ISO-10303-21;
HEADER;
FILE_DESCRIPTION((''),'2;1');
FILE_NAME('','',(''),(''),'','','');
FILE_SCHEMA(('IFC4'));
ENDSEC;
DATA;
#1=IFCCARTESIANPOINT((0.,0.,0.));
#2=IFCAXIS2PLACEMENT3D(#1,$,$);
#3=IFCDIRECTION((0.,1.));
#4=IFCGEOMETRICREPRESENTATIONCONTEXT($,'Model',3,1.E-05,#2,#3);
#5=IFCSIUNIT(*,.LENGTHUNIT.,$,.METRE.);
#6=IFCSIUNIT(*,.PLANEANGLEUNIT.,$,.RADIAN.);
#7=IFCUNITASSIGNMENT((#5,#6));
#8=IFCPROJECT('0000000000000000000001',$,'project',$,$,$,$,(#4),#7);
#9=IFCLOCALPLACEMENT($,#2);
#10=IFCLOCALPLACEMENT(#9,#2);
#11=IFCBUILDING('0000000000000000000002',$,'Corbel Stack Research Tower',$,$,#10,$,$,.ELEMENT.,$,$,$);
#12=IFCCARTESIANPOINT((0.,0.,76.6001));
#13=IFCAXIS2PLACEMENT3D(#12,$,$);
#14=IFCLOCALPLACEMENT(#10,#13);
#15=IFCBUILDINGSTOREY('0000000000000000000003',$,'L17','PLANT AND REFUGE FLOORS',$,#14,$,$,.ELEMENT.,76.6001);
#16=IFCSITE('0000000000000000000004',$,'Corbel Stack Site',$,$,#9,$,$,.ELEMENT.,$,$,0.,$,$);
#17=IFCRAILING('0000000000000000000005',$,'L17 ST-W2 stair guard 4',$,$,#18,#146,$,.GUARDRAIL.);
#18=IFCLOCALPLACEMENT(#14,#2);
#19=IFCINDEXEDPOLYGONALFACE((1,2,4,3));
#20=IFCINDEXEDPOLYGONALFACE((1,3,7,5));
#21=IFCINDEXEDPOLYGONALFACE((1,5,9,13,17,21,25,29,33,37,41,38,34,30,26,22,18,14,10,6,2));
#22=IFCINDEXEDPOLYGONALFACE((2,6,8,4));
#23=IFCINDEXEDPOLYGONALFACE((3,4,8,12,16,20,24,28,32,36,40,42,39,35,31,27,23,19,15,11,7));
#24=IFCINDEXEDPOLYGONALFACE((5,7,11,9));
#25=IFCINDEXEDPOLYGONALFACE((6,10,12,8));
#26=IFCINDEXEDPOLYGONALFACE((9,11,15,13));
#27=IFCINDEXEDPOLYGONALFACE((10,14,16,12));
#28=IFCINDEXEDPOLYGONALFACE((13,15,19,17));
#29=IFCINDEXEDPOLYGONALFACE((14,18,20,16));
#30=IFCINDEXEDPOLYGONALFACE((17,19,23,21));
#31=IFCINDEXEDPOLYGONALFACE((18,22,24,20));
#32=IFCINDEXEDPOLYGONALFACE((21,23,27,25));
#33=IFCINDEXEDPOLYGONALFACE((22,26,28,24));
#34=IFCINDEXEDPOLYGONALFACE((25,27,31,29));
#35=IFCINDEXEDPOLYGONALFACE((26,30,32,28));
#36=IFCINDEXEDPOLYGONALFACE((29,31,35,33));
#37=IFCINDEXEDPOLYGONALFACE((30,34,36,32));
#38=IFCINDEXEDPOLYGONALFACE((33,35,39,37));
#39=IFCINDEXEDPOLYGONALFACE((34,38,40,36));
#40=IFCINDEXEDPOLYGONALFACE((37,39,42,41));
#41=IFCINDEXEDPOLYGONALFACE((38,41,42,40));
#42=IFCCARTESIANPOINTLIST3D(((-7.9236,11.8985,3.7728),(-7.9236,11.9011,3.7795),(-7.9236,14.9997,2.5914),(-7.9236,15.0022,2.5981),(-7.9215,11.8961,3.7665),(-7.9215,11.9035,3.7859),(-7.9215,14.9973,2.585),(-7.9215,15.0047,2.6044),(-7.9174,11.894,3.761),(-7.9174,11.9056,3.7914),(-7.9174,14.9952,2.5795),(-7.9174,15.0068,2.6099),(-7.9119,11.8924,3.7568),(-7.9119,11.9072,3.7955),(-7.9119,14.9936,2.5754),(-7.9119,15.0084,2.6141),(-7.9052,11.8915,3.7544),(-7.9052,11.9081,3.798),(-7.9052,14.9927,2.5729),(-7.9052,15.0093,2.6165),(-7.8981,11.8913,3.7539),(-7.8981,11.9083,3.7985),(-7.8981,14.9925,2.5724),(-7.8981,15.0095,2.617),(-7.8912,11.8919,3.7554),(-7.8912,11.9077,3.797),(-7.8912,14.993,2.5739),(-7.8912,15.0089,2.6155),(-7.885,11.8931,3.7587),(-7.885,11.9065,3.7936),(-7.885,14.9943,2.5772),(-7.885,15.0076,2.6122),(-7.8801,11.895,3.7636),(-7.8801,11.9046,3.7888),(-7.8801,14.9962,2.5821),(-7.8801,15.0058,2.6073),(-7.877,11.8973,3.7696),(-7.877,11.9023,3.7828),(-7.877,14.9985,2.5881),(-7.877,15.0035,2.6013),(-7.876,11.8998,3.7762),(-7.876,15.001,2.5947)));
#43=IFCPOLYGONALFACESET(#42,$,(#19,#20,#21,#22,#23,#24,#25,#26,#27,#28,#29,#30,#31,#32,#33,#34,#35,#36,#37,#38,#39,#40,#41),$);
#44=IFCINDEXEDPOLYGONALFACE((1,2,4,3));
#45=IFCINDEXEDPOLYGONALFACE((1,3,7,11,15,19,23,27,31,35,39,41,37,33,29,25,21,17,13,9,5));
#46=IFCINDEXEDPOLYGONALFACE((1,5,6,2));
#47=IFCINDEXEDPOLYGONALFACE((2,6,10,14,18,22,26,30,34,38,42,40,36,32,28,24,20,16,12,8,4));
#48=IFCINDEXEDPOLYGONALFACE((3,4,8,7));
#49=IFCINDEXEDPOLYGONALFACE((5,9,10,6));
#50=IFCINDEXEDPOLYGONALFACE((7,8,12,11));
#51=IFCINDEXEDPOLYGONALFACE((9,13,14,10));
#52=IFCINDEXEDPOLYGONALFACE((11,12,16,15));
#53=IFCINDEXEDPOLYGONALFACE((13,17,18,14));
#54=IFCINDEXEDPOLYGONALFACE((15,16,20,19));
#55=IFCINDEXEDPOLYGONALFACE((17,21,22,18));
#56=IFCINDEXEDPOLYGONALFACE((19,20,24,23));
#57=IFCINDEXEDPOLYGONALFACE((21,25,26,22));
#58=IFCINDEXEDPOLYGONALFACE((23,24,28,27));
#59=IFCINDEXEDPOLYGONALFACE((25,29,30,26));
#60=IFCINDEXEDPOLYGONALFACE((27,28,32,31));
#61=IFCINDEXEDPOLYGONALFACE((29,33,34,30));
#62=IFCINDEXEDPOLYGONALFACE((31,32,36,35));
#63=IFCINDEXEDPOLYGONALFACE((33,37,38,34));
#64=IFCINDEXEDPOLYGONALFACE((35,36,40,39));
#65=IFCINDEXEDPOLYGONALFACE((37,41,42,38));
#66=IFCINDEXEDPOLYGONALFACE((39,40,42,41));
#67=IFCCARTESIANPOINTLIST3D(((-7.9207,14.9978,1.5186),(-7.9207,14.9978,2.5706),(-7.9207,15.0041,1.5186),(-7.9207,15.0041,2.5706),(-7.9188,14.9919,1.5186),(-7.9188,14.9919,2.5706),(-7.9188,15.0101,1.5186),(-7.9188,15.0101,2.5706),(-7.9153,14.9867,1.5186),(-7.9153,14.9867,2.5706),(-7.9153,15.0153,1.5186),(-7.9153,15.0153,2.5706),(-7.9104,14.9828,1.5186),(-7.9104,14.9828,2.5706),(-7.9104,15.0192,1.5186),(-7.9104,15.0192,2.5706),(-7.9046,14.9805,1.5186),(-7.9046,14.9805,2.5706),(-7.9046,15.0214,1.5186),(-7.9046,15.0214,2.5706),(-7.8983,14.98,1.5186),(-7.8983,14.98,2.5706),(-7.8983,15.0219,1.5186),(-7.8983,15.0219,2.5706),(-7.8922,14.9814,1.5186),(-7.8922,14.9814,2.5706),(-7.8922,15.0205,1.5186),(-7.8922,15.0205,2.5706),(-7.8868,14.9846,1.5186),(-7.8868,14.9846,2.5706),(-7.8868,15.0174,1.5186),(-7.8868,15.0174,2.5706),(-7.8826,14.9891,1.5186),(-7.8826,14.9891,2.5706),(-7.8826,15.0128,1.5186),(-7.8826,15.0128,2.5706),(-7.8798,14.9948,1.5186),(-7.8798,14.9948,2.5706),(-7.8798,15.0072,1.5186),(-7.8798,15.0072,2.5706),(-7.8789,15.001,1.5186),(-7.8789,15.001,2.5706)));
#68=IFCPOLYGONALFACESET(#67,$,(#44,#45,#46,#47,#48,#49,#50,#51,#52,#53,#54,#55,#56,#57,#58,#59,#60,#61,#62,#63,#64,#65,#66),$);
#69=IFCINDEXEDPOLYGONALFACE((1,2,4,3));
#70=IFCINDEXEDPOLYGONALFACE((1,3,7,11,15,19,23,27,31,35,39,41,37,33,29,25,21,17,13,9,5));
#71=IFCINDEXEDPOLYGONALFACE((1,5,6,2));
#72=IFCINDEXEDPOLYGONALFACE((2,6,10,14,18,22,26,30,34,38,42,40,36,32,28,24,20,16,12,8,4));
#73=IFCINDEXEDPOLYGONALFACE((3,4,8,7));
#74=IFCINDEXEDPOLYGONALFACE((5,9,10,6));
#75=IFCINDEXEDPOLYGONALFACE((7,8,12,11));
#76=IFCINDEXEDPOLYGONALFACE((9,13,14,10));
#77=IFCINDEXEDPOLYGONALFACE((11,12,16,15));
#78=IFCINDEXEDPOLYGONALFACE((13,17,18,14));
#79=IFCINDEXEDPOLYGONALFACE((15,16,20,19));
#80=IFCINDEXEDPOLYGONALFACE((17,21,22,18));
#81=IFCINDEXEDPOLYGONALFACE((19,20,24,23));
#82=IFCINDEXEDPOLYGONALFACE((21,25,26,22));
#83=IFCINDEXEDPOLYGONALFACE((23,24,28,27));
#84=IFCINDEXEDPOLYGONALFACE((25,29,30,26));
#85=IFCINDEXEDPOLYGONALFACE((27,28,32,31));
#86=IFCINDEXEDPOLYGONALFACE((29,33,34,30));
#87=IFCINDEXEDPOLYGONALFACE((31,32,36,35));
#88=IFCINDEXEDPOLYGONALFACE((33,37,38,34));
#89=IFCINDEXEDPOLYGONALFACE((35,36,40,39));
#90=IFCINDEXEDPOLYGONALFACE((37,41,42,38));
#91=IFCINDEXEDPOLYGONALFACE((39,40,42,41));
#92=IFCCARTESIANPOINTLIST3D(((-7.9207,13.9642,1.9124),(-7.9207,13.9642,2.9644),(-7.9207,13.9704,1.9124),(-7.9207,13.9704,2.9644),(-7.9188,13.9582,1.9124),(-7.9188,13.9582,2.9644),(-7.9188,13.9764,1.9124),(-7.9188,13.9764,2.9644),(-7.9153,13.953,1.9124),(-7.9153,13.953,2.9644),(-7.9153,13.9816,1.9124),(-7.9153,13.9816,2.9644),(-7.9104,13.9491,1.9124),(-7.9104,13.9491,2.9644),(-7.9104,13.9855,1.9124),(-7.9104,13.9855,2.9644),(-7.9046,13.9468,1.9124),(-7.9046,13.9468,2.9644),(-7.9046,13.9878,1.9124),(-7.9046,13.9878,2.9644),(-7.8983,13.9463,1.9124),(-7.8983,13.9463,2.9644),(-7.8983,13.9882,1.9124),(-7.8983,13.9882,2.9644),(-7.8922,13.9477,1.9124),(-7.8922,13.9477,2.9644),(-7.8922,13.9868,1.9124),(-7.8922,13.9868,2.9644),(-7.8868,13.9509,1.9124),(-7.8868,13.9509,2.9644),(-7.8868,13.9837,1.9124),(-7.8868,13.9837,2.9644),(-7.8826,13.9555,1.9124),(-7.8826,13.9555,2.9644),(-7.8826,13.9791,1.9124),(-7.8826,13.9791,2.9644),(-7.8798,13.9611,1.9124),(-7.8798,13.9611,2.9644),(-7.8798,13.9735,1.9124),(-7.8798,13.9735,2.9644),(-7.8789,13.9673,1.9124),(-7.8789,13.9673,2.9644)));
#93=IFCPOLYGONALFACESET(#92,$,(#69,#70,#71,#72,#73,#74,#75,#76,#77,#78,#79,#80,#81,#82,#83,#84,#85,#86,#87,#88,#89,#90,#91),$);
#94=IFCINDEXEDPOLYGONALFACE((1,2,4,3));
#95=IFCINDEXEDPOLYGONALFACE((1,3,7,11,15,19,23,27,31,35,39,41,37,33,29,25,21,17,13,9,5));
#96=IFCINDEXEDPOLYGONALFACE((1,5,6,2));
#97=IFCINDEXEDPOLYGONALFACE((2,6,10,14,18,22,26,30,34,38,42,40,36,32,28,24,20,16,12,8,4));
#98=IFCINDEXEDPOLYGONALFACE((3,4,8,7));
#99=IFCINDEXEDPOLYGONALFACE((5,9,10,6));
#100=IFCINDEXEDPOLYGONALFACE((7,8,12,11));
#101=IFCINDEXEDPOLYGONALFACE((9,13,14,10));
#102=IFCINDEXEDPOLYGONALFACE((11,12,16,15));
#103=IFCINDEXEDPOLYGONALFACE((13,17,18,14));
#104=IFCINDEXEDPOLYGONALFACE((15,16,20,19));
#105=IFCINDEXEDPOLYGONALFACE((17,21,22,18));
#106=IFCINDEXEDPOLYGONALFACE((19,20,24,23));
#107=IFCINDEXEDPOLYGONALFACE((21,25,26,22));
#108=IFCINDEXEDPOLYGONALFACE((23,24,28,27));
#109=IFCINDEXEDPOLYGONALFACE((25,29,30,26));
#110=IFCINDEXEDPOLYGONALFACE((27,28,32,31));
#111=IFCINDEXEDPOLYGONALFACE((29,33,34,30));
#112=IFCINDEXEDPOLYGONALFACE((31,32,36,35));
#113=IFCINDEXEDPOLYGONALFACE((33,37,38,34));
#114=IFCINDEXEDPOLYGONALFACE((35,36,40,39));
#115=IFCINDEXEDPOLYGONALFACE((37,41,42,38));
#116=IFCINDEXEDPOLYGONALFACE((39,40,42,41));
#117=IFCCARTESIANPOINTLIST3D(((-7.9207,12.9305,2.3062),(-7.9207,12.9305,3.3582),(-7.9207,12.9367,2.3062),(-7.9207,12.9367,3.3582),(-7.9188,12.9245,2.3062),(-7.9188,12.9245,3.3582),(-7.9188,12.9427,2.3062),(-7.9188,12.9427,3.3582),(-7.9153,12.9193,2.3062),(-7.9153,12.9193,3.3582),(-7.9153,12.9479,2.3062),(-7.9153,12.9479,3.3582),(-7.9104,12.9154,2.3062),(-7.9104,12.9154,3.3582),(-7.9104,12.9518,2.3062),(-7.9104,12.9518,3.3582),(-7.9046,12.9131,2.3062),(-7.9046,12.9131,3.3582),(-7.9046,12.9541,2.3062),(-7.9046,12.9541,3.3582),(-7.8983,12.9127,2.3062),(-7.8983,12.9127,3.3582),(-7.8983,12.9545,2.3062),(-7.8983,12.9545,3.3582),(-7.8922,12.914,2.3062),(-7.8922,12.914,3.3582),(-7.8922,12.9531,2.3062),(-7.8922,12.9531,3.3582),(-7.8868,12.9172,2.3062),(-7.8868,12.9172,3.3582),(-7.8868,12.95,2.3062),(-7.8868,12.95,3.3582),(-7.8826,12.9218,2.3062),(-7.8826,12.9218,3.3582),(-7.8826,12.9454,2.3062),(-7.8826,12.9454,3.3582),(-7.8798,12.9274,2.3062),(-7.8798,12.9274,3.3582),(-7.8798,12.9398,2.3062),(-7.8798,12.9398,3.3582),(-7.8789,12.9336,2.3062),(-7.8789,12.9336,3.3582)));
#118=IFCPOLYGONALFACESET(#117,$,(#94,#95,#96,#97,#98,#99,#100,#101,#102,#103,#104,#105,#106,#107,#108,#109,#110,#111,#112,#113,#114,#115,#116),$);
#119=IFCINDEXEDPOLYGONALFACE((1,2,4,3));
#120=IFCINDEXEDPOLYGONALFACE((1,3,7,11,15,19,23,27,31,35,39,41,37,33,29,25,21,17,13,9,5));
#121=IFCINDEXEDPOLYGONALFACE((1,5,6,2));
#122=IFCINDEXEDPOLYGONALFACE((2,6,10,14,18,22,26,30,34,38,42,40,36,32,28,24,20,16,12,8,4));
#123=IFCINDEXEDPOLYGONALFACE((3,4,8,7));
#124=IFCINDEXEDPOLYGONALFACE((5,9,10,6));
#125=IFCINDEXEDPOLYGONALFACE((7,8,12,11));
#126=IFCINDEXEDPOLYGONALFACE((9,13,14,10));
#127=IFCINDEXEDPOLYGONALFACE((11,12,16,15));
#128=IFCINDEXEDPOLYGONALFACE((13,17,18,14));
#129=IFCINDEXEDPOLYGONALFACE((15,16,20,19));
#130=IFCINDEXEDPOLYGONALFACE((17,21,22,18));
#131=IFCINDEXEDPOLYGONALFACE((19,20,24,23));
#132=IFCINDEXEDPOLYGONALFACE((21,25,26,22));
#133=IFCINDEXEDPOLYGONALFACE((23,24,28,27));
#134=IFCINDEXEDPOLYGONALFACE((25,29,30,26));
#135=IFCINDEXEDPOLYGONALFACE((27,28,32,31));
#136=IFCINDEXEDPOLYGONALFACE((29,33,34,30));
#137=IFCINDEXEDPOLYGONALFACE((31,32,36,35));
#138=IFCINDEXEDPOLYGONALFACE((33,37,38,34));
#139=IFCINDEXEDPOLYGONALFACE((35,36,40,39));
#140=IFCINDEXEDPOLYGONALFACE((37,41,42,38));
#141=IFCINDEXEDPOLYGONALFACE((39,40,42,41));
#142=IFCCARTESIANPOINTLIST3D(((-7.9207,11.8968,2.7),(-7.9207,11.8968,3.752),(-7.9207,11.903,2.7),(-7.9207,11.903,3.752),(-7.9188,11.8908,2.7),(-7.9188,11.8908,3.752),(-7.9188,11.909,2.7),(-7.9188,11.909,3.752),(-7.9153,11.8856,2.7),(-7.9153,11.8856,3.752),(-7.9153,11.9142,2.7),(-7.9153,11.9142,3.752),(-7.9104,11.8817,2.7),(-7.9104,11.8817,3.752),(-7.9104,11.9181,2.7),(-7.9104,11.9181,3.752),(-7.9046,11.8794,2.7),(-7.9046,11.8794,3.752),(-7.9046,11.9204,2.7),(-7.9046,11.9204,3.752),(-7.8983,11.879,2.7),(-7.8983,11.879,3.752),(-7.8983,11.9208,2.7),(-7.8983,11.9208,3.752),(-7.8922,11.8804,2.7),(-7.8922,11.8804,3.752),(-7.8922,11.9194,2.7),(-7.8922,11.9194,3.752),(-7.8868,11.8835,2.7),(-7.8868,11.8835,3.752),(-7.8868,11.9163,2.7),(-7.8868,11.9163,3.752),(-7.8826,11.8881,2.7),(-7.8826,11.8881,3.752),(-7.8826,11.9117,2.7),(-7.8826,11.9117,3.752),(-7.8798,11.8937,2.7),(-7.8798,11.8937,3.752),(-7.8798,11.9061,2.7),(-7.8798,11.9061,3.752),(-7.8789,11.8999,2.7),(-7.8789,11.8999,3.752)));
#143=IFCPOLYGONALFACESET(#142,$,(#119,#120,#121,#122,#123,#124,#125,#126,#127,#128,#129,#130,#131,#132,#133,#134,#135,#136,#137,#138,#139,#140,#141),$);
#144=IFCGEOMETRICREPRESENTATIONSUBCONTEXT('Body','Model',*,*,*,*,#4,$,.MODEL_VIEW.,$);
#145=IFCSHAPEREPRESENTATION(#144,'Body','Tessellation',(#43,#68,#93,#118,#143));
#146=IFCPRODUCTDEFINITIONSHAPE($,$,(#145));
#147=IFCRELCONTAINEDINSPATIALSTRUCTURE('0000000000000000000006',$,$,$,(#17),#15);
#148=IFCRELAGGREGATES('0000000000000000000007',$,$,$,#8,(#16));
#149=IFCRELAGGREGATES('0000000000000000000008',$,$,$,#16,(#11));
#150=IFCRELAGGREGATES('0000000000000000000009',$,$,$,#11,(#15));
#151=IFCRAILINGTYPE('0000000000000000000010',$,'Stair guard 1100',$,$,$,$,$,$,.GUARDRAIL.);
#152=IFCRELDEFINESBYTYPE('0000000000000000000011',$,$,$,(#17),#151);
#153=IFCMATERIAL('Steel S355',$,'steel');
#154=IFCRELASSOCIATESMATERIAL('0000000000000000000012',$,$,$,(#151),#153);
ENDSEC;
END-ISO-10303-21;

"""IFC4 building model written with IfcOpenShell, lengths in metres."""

from ifc_helpers import new_model, si_unit, direction, frame, origin, origin_2d, place, context, subcontext, project, spatial, circle, extrude, material, type_object, element, save


model = new_model("IFC4")

# Units and contexts
model_context = context("Model", 3, precision=1e-05, world=origin(), true_north=direction((0.0, 1.0)))
body_context = subcontext(model_context, "Body", "Model", "MODEL_VIEW")
ifc_project = project(units=[si_unit("LENGTHUNIT", "METRE"), si_unit("PLANEANGLEUNIT", "RADIAN")], contexts=[model_context])

# Site, building, storey
site_placement = place(None, origin())
site = spatial("IfcSite", under=ifc_project, at=site_placement, Name="Corbel Stack Site", CompositionType="ELEMENT", RefElevation=0.0)
building_placement = place(site_placement, origin())
building = spatial("IfcBuilding", under=site, at=building_placement, Name="Corbel Stack Research Tower", CompositionType="ELEMENT")
storey_placement = place(building_placement, frame((0.0, 0.0, 76.6001)))
storey = spatial("IfcBuildingStorey", under=building, at=storey_placement, Name="L17", Description="PLANT AND REFUGE FLOORS", CompositionType="ELEMENT", Elevation=76.6001)

# Railing
ifc_material_1 = material(Name="Steel S355", Category="steel")
railing_type_1 = type_object("IfcRailingType", Name="Stair guard 1100", PredefinedType="GUARDRAIL", material=ifc_material_1)
railing_1_placement = place(storey_placement, frame((-7.8999, 15.001, 1.5186)))
element("IfcRailing", 1, at=railing_1_placement, inside=storey, type_object=railing_type_1, Name="L17 ST-W2 stair guard 4", PredefinedType="GUARDRAIL", context=body_context, shape_type="SweptSolid", body=[
    extrude(circle(Radius=0.0239, at=origin_2d()), frame((0.0, 0.0, 1.0762), z_axis=(0.0, -0.934484, 0.356005), x_axis=(1.0, 0.0, 0.0)), (0.0, 0.0, 1.0), 3.3186),
    extrude(circle(Radius=0.021, at=origin_2d()), origin(), (0.0, 0.0, 1.0), 1.052),
    extrude(circle(Radius=0.021, at=origin_2d()), frame((0.0, -1.0337, 0.3938)), (0.0, 0.0, 1.0), 1.052),
    extrude(circle(Radius=0.021, at=origin_2d()), frame((0.0, -2.0674, 0.7876)), (0.0, 0.0, 1.0), 1.052),
    extrude(circle(Radius=0.021, at=origin_2d()), frame((0.0, -3.1011, 1.1814)), (0.0, 0.0, 1.0), 1.052),
])

save(model, "model.ifc")
